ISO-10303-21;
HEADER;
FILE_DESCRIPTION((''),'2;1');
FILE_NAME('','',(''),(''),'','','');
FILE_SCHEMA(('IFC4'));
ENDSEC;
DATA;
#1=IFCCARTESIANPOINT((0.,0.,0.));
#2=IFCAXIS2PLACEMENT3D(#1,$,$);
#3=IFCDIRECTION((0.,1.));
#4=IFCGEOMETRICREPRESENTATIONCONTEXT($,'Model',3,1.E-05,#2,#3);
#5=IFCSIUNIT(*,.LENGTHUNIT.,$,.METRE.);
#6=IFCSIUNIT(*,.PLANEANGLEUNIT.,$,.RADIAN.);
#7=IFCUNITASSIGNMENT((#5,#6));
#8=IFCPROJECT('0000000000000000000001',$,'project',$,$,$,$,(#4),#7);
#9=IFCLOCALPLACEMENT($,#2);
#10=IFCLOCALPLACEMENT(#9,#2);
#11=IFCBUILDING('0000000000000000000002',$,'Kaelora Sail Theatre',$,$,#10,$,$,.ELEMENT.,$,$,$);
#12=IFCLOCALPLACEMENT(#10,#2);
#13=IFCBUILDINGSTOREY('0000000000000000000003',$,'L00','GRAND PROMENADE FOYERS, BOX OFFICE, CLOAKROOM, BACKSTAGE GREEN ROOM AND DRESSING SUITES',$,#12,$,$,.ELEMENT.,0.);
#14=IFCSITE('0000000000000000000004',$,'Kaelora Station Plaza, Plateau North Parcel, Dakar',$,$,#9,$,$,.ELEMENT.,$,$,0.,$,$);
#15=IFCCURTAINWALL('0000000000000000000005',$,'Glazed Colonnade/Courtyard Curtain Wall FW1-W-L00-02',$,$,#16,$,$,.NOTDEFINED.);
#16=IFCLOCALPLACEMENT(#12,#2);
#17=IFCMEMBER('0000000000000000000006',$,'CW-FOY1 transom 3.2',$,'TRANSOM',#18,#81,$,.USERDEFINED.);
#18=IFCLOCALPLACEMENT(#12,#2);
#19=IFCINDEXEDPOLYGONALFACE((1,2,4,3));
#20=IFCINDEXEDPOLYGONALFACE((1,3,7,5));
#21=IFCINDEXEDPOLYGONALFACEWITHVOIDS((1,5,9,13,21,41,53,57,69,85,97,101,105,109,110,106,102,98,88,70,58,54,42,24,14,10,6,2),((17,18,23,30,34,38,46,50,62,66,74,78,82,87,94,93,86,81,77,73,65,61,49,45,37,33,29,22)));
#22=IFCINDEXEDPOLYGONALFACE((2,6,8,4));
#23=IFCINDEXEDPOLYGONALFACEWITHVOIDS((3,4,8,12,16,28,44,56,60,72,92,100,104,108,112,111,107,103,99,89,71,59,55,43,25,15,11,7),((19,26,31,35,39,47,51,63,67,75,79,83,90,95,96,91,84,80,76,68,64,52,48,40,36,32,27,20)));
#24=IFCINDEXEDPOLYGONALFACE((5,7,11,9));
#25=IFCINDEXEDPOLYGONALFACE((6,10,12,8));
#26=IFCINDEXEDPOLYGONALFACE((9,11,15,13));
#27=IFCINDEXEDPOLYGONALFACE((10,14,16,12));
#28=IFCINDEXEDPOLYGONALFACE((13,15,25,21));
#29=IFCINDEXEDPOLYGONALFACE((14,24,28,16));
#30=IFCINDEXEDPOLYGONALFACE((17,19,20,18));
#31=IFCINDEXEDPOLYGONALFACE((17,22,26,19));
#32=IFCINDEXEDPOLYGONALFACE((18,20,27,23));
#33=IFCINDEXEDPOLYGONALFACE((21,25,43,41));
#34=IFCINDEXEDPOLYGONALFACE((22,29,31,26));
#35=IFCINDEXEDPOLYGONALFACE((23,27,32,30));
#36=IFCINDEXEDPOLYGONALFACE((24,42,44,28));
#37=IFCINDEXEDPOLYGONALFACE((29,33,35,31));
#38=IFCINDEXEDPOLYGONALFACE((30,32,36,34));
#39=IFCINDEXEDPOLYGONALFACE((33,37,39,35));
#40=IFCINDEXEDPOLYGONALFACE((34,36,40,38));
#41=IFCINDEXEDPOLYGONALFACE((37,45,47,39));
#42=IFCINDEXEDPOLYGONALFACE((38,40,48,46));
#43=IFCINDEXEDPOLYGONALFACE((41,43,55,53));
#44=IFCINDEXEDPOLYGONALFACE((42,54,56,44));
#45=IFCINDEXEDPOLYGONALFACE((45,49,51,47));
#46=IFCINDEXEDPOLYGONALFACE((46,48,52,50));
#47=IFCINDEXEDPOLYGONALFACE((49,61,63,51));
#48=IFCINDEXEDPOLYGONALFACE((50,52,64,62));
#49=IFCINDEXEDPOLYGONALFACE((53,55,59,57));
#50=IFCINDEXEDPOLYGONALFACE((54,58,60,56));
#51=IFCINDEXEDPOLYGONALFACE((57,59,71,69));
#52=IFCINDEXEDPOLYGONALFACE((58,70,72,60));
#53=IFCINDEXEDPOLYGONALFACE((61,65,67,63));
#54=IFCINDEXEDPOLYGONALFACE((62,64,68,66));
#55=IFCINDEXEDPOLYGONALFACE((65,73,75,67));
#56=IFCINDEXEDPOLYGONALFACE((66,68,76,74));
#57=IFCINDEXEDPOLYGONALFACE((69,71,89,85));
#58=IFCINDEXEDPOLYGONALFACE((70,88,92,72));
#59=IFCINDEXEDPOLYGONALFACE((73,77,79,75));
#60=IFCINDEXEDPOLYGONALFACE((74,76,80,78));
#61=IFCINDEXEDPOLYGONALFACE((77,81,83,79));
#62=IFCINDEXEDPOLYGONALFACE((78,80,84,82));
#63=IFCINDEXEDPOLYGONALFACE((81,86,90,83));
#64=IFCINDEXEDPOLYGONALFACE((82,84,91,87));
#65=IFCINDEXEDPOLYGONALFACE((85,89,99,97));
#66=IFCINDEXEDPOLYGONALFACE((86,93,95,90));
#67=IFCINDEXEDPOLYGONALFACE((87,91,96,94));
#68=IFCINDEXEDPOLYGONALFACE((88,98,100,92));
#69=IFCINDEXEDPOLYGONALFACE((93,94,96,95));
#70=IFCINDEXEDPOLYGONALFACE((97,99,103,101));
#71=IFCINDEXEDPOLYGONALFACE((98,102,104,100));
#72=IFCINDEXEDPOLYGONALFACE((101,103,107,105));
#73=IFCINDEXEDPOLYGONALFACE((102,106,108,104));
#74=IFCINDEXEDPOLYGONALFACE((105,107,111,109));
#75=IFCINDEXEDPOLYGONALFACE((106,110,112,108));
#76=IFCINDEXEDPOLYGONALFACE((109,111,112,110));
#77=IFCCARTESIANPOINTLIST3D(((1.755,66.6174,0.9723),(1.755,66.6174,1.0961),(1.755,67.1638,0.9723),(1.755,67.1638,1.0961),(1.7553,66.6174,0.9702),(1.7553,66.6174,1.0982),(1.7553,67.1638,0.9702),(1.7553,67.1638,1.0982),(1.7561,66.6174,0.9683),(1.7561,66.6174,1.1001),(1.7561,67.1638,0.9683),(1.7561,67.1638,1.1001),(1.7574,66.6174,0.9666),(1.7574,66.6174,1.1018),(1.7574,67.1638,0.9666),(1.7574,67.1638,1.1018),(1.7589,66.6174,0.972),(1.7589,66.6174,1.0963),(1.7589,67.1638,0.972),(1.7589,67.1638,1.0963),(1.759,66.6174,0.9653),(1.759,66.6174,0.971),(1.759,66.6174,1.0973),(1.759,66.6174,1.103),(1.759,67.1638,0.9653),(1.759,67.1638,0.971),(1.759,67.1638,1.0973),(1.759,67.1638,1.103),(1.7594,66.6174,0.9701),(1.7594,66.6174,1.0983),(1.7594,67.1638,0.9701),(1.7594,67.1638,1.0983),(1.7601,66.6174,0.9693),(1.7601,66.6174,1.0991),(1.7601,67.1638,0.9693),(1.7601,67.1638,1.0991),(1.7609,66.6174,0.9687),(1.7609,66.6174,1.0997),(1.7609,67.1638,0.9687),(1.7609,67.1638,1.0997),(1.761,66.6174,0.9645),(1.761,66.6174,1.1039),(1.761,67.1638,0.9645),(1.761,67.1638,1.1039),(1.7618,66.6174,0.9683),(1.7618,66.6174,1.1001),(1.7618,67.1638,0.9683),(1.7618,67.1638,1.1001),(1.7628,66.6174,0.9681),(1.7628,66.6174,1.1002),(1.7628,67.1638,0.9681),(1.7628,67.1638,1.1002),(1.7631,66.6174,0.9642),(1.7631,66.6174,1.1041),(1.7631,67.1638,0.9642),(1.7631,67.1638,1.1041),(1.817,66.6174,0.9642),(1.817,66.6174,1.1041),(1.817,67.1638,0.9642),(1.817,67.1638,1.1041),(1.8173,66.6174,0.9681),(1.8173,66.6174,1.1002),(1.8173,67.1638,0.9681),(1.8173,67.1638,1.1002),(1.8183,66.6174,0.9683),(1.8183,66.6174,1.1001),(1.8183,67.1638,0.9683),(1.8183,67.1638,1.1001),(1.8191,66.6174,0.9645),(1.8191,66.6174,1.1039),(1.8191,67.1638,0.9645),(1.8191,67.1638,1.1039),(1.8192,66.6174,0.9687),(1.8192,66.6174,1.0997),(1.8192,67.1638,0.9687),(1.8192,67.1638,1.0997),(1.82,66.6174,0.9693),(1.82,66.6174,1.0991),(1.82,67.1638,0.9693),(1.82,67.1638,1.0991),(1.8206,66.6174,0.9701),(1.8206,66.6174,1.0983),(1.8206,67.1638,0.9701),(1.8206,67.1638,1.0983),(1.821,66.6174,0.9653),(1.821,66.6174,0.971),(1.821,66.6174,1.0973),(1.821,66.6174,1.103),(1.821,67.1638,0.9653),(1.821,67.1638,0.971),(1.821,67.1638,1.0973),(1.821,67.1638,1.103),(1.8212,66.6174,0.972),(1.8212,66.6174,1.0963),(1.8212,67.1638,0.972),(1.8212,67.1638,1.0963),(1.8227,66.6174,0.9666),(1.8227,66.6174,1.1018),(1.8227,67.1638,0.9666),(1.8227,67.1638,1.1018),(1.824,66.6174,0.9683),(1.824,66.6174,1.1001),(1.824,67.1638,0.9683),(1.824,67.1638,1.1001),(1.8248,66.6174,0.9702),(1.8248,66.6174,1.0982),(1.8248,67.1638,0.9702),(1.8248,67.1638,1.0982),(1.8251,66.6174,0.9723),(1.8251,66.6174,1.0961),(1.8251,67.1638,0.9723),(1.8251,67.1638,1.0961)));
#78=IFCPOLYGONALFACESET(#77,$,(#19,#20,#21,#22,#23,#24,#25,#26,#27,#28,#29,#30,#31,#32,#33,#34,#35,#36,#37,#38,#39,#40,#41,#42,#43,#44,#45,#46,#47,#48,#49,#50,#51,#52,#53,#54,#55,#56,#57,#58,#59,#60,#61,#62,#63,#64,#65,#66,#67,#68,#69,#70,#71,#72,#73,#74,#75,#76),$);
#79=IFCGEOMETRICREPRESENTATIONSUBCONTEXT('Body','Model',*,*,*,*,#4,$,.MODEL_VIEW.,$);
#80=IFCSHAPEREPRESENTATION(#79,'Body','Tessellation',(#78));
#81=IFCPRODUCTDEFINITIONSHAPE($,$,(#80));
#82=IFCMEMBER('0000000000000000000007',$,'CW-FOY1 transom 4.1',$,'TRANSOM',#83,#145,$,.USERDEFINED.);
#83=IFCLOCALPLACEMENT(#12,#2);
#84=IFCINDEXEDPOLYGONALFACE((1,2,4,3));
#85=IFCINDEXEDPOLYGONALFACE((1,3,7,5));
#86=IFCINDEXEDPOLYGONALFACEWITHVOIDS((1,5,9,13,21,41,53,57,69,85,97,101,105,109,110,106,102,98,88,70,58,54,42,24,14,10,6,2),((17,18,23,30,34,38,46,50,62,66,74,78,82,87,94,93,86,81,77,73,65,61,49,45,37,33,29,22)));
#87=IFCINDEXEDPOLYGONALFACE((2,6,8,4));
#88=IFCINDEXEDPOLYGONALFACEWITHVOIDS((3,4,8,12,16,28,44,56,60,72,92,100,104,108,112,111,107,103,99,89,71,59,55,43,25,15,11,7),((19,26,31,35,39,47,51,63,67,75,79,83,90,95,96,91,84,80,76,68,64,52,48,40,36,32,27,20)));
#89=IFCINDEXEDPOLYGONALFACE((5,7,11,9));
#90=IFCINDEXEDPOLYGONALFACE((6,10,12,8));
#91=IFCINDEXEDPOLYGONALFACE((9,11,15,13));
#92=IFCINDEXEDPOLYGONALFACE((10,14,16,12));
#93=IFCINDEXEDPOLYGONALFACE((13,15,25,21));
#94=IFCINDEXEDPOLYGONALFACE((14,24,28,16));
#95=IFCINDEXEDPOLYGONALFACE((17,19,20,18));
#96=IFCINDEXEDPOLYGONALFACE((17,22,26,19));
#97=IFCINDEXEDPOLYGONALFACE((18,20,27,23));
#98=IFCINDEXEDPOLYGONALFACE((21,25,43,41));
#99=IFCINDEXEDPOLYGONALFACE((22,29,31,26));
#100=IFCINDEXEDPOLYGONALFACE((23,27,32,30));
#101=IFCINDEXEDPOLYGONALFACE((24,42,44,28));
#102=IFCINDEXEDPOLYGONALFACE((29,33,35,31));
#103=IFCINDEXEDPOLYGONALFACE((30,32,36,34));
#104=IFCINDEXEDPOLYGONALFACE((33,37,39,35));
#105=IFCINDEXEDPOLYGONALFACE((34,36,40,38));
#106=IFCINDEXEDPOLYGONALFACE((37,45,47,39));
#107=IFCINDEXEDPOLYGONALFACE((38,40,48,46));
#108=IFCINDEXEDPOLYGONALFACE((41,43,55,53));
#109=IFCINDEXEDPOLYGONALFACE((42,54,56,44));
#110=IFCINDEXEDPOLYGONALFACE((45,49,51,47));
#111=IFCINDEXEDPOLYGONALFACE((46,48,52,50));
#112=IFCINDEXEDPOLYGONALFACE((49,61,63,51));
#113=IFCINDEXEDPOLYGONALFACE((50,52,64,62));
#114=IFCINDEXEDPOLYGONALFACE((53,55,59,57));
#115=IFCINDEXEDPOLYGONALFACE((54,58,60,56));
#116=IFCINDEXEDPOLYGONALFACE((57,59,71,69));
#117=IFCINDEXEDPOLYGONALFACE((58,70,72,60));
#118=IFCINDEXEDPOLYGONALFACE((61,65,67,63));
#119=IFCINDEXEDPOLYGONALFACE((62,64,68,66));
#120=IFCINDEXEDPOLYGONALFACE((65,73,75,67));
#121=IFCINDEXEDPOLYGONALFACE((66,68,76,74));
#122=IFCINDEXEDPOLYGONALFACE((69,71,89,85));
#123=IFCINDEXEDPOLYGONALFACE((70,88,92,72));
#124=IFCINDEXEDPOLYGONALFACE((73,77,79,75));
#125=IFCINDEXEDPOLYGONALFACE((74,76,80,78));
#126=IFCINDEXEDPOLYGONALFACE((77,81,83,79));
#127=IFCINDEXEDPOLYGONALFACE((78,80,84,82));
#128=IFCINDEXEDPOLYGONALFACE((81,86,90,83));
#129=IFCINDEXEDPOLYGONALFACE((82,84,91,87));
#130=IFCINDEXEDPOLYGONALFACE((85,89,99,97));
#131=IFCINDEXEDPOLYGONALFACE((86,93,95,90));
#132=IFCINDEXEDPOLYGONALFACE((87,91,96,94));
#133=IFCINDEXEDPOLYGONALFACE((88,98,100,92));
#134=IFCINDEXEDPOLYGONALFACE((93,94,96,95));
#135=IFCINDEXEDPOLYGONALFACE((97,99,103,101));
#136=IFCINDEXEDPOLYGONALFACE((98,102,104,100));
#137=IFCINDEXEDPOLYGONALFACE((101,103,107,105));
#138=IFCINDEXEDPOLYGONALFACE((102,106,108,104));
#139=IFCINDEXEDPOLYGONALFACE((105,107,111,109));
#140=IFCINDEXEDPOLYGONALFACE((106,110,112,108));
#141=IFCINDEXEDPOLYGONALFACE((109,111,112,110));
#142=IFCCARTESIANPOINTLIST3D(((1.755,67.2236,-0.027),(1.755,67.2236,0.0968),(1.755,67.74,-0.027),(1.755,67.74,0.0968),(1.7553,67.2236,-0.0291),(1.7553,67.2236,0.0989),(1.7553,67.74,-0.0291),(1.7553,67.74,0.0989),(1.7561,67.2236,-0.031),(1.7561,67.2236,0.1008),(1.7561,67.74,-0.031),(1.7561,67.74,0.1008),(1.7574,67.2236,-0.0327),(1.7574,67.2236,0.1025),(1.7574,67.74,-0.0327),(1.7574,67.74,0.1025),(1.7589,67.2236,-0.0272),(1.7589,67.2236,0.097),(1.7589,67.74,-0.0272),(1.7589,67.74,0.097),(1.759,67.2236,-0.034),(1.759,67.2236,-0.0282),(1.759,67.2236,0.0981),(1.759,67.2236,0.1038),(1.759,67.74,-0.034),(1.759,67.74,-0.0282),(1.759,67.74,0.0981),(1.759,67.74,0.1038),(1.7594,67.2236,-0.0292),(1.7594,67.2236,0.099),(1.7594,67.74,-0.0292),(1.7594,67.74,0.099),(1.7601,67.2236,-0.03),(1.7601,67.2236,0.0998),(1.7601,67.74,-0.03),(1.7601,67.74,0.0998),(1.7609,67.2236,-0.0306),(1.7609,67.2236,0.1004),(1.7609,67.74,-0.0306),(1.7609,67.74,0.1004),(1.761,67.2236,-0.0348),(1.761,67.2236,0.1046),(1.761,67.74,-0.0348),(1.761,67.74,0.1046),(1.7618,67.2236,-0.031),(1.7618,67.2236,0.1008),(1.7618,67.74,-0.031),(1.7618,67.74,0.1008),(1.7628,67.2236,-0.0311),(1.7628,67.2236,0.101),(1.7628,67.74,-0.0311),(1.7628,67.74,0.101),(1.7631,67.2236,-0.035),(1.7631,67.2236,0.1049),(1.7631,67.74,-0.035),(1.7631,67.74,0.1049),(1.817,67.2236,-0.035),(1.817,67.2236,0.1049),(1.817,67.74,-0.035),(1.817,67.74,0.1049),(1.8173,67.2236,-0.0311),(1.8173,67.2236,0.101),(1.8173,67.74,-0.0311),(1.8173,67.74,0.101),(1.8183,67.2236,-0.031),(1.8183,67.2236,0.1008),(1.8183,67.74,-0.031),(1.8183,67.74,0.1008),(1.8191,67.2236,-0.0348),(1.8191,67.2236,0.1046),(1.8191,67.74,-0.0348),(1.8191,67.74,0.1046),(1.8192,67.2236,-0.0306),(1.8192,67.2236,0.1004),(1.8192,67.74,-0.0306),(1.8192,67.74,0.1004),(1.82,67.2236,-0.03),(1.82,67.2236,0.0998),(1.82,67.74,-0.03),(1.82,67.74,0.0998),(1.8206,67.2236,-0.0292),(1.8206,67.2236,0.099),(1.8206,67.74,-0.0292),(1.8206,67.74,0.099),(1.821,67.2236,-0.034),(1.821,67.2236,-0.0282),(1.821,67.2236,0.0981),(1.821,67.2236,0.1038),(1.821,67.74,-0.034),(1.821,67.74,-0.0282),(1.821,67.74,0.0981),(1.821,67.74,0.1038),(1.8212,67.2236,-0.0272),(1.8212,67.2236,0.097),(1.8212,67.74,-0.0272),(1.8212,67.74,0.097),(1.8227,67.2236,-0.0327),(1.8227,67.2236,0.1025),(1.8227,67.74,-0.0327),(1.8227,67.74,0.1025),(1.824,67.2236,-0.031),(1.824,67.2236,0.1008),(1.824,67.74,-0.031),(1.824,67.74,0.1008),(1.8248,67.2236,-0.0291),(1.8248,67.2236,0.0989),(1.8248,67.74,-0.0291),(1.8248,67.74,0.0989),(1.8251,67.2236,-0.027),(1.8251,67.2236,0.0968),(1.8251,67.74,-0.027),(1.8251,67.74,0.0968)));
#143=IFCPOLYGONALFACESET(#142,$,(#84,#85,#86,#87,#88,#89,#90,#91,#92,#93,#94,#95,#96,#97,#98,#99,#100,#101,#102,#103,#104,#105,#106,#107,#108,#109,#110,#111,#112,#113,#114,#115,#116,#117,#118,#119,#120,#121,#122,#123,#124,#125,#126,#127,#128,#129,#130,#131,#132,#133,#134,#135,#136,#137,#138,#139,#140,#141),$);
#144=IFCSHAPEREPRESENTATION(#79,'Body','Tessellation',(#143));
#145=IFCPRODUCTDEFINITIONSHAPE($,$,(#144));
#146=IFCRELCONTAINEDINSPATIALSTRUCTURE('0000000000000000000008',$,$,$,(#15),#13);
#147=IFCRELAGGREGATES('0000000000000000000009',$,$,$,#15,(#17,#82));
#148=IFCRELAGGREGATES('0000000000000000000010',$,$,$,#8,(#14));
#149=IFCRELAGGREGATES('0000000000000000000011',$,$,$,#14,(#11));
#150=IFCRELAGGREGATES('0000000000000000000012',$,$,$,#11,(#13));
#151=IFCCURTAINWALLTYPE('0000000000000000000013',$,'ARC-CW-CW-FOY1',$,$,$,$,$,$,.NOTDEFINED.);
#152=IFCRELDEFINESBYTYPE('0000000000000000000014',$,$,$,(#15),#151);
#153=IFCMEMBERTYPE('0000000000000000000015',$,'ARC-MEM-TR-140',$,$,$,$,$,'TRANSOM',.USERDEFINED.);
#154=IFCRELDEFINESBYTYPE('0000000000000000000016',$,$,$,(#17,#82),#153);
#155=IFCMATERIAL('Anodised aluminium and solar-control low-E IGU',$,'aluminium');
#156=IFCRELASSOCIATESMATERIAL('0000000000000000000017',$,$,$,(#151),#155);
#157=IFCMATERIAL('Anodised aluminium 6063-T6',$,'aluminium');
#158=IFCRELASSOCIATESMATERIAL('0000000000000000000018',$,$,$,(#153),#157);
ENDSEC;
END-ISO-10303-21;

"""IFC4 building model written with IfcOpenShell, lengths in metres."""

from ifc_helpers import new_model, si_unit, direction, frame, origin, origin_2d, place, context, subcontext, project, spatial, hollow_rectangle, extrude, material, material_profile, profile_set, type_object, element, aggregate, save


model = new_model("IFC4")

# Units and contexts
model_context = context("Model", 3, precision=1e-05, world=origin(), true_north=direction((0.0, 1.0)))
body_context = subcontext(model_context, "Body", "Model", "MODEL_VIEW")
ifc_project = project(units=[si_unit("LENGTHUNIT", "METRE"), si_unit("PLANEANGLEUNIT", "RADIAN")], contexts=[model_context])

# Site, building, storey
site_placement = place(None, origin())
site = spatial("IfcSite", under=ifc_project, at=site_placement, Name="Kaelora Station Plaza, Plateau North Parcel, Dakar", CompositionType="ELEMENT", RefElevation=0.0)
building_placement = place(site_placement, origin())
building = spatial("IfcBuilding", under=site, at=building_placement, Name="Kaelora Sail Theatre", CompositionType="ELEMENT")
storey_placement = place(building_placement, origin())
storey = spatial("IfcBuildingStorey", under=building, at=storey_placement, Name="L00", Description="GRAND PROMENADE FOYERS, BOX OFFICE, CLOAKROOM, BACKSTAGE GREEN ROOM AND DRESSING SUITES", CompositionType="ELEMENT", Elevation=0.0)

# Shared definitions
ifc_material_1 = material(Name="Anodised aluminium and solar-control low-E IGU", Category="aluminium")
curtain_wall_type = type_object("IfcCurtainWallType", Name="ARC-CW-CW-FOY1", PredefinedType="NOTDEFINED", material=ifc_material_1)

# Curtain wall, members
curtain_wall_1_placement = place(storey_placement, origin())
curtain_wall_1 = element("IfcCurtainWall", 1, at=curtain_wall_1_placement, inside=storey, type_object=curtain_wall_type, Name="Glazed Colonnade/Courtyard Curtain Wall FW1-W-L00-02", PredefinedType="NOTDEFINED")
ifc_material_2 = material(Name="Anodised aluminium 6063-T6", Category="aluminium")
ifc_material_profile_1 = material_profile(ifc_material_2, hollow_rectangle(XDim=0.0701, YDim=0.1399, WallThickness=0.0039, InnerFilletRadius=0.0039, OuterFilletRadius=0.0081, at=origin_2d()), Name="ALU-TRAN 70x140x4")
ifc_profile_set_1 = profile_set([ifc_material_profile_1], Name="Anodised aluminium 6063-T6")
member_type_1 = type_object("IfcMemberType", Name="ARC-MEM-TR-140", ElementType="TRANSOM", PredefinedType="USERDEFINED", material=ifc_profile_set_1)
member_1_placement = place(storey_placement, frame((1.79, 66.6174, 1.0342), z_axis=(0.0, 1.0, 0.0), x_axis=(-1.0, 0.0, 0.0)))
member_1 = element("IfcMember", 2, at=member_1_placement, type_object=member_type_1, Name="CW-FOY1 transom 3.2", ObjectType="TRANSOM", PredefinedType="USERDEFINED", context=body_context, shape_type="SweptSolid", body=[
    extrude(hollow_rectangle(XDim=0.0701, YDim=0.1399, WallThickness=0.0039, InnerFilletRadius=0.0039, OuterFilletRadius=0.0081, at=origin_2d()), origin(), (0.0, 0.0, 1.0), 0.5464),
])
member_2_placement = place(storey_placement, frame((1.79, 67.2236, 0.0349), z_axis=(0.0, 1.0, 0.0), x_axis=(-1.0, 0.0, 0.0)))
member_2 = element("IfcMember", 3, at=member_2_placement, type_object=member_type_1, Name="CW-FOY1 transom 4.1", ObjectType="TRANSOM", PredefinedType="USERDEFINED", context=body_context, shape_type="SweptSolid", body=[
    extrude(hollow_rectangle(XDim=0.0701, YDim=0.1399, WallThickness=0.0039, InnerFilletRadius=0.0039, OuterFilletRadius=0.0081, at=origin_2d()), origin(), (0.0, 0.0, 1.0), 0.5164),
])

aggregate(curtain_wall_1, [member_1, member_2])

save(model, "model.ifc")
